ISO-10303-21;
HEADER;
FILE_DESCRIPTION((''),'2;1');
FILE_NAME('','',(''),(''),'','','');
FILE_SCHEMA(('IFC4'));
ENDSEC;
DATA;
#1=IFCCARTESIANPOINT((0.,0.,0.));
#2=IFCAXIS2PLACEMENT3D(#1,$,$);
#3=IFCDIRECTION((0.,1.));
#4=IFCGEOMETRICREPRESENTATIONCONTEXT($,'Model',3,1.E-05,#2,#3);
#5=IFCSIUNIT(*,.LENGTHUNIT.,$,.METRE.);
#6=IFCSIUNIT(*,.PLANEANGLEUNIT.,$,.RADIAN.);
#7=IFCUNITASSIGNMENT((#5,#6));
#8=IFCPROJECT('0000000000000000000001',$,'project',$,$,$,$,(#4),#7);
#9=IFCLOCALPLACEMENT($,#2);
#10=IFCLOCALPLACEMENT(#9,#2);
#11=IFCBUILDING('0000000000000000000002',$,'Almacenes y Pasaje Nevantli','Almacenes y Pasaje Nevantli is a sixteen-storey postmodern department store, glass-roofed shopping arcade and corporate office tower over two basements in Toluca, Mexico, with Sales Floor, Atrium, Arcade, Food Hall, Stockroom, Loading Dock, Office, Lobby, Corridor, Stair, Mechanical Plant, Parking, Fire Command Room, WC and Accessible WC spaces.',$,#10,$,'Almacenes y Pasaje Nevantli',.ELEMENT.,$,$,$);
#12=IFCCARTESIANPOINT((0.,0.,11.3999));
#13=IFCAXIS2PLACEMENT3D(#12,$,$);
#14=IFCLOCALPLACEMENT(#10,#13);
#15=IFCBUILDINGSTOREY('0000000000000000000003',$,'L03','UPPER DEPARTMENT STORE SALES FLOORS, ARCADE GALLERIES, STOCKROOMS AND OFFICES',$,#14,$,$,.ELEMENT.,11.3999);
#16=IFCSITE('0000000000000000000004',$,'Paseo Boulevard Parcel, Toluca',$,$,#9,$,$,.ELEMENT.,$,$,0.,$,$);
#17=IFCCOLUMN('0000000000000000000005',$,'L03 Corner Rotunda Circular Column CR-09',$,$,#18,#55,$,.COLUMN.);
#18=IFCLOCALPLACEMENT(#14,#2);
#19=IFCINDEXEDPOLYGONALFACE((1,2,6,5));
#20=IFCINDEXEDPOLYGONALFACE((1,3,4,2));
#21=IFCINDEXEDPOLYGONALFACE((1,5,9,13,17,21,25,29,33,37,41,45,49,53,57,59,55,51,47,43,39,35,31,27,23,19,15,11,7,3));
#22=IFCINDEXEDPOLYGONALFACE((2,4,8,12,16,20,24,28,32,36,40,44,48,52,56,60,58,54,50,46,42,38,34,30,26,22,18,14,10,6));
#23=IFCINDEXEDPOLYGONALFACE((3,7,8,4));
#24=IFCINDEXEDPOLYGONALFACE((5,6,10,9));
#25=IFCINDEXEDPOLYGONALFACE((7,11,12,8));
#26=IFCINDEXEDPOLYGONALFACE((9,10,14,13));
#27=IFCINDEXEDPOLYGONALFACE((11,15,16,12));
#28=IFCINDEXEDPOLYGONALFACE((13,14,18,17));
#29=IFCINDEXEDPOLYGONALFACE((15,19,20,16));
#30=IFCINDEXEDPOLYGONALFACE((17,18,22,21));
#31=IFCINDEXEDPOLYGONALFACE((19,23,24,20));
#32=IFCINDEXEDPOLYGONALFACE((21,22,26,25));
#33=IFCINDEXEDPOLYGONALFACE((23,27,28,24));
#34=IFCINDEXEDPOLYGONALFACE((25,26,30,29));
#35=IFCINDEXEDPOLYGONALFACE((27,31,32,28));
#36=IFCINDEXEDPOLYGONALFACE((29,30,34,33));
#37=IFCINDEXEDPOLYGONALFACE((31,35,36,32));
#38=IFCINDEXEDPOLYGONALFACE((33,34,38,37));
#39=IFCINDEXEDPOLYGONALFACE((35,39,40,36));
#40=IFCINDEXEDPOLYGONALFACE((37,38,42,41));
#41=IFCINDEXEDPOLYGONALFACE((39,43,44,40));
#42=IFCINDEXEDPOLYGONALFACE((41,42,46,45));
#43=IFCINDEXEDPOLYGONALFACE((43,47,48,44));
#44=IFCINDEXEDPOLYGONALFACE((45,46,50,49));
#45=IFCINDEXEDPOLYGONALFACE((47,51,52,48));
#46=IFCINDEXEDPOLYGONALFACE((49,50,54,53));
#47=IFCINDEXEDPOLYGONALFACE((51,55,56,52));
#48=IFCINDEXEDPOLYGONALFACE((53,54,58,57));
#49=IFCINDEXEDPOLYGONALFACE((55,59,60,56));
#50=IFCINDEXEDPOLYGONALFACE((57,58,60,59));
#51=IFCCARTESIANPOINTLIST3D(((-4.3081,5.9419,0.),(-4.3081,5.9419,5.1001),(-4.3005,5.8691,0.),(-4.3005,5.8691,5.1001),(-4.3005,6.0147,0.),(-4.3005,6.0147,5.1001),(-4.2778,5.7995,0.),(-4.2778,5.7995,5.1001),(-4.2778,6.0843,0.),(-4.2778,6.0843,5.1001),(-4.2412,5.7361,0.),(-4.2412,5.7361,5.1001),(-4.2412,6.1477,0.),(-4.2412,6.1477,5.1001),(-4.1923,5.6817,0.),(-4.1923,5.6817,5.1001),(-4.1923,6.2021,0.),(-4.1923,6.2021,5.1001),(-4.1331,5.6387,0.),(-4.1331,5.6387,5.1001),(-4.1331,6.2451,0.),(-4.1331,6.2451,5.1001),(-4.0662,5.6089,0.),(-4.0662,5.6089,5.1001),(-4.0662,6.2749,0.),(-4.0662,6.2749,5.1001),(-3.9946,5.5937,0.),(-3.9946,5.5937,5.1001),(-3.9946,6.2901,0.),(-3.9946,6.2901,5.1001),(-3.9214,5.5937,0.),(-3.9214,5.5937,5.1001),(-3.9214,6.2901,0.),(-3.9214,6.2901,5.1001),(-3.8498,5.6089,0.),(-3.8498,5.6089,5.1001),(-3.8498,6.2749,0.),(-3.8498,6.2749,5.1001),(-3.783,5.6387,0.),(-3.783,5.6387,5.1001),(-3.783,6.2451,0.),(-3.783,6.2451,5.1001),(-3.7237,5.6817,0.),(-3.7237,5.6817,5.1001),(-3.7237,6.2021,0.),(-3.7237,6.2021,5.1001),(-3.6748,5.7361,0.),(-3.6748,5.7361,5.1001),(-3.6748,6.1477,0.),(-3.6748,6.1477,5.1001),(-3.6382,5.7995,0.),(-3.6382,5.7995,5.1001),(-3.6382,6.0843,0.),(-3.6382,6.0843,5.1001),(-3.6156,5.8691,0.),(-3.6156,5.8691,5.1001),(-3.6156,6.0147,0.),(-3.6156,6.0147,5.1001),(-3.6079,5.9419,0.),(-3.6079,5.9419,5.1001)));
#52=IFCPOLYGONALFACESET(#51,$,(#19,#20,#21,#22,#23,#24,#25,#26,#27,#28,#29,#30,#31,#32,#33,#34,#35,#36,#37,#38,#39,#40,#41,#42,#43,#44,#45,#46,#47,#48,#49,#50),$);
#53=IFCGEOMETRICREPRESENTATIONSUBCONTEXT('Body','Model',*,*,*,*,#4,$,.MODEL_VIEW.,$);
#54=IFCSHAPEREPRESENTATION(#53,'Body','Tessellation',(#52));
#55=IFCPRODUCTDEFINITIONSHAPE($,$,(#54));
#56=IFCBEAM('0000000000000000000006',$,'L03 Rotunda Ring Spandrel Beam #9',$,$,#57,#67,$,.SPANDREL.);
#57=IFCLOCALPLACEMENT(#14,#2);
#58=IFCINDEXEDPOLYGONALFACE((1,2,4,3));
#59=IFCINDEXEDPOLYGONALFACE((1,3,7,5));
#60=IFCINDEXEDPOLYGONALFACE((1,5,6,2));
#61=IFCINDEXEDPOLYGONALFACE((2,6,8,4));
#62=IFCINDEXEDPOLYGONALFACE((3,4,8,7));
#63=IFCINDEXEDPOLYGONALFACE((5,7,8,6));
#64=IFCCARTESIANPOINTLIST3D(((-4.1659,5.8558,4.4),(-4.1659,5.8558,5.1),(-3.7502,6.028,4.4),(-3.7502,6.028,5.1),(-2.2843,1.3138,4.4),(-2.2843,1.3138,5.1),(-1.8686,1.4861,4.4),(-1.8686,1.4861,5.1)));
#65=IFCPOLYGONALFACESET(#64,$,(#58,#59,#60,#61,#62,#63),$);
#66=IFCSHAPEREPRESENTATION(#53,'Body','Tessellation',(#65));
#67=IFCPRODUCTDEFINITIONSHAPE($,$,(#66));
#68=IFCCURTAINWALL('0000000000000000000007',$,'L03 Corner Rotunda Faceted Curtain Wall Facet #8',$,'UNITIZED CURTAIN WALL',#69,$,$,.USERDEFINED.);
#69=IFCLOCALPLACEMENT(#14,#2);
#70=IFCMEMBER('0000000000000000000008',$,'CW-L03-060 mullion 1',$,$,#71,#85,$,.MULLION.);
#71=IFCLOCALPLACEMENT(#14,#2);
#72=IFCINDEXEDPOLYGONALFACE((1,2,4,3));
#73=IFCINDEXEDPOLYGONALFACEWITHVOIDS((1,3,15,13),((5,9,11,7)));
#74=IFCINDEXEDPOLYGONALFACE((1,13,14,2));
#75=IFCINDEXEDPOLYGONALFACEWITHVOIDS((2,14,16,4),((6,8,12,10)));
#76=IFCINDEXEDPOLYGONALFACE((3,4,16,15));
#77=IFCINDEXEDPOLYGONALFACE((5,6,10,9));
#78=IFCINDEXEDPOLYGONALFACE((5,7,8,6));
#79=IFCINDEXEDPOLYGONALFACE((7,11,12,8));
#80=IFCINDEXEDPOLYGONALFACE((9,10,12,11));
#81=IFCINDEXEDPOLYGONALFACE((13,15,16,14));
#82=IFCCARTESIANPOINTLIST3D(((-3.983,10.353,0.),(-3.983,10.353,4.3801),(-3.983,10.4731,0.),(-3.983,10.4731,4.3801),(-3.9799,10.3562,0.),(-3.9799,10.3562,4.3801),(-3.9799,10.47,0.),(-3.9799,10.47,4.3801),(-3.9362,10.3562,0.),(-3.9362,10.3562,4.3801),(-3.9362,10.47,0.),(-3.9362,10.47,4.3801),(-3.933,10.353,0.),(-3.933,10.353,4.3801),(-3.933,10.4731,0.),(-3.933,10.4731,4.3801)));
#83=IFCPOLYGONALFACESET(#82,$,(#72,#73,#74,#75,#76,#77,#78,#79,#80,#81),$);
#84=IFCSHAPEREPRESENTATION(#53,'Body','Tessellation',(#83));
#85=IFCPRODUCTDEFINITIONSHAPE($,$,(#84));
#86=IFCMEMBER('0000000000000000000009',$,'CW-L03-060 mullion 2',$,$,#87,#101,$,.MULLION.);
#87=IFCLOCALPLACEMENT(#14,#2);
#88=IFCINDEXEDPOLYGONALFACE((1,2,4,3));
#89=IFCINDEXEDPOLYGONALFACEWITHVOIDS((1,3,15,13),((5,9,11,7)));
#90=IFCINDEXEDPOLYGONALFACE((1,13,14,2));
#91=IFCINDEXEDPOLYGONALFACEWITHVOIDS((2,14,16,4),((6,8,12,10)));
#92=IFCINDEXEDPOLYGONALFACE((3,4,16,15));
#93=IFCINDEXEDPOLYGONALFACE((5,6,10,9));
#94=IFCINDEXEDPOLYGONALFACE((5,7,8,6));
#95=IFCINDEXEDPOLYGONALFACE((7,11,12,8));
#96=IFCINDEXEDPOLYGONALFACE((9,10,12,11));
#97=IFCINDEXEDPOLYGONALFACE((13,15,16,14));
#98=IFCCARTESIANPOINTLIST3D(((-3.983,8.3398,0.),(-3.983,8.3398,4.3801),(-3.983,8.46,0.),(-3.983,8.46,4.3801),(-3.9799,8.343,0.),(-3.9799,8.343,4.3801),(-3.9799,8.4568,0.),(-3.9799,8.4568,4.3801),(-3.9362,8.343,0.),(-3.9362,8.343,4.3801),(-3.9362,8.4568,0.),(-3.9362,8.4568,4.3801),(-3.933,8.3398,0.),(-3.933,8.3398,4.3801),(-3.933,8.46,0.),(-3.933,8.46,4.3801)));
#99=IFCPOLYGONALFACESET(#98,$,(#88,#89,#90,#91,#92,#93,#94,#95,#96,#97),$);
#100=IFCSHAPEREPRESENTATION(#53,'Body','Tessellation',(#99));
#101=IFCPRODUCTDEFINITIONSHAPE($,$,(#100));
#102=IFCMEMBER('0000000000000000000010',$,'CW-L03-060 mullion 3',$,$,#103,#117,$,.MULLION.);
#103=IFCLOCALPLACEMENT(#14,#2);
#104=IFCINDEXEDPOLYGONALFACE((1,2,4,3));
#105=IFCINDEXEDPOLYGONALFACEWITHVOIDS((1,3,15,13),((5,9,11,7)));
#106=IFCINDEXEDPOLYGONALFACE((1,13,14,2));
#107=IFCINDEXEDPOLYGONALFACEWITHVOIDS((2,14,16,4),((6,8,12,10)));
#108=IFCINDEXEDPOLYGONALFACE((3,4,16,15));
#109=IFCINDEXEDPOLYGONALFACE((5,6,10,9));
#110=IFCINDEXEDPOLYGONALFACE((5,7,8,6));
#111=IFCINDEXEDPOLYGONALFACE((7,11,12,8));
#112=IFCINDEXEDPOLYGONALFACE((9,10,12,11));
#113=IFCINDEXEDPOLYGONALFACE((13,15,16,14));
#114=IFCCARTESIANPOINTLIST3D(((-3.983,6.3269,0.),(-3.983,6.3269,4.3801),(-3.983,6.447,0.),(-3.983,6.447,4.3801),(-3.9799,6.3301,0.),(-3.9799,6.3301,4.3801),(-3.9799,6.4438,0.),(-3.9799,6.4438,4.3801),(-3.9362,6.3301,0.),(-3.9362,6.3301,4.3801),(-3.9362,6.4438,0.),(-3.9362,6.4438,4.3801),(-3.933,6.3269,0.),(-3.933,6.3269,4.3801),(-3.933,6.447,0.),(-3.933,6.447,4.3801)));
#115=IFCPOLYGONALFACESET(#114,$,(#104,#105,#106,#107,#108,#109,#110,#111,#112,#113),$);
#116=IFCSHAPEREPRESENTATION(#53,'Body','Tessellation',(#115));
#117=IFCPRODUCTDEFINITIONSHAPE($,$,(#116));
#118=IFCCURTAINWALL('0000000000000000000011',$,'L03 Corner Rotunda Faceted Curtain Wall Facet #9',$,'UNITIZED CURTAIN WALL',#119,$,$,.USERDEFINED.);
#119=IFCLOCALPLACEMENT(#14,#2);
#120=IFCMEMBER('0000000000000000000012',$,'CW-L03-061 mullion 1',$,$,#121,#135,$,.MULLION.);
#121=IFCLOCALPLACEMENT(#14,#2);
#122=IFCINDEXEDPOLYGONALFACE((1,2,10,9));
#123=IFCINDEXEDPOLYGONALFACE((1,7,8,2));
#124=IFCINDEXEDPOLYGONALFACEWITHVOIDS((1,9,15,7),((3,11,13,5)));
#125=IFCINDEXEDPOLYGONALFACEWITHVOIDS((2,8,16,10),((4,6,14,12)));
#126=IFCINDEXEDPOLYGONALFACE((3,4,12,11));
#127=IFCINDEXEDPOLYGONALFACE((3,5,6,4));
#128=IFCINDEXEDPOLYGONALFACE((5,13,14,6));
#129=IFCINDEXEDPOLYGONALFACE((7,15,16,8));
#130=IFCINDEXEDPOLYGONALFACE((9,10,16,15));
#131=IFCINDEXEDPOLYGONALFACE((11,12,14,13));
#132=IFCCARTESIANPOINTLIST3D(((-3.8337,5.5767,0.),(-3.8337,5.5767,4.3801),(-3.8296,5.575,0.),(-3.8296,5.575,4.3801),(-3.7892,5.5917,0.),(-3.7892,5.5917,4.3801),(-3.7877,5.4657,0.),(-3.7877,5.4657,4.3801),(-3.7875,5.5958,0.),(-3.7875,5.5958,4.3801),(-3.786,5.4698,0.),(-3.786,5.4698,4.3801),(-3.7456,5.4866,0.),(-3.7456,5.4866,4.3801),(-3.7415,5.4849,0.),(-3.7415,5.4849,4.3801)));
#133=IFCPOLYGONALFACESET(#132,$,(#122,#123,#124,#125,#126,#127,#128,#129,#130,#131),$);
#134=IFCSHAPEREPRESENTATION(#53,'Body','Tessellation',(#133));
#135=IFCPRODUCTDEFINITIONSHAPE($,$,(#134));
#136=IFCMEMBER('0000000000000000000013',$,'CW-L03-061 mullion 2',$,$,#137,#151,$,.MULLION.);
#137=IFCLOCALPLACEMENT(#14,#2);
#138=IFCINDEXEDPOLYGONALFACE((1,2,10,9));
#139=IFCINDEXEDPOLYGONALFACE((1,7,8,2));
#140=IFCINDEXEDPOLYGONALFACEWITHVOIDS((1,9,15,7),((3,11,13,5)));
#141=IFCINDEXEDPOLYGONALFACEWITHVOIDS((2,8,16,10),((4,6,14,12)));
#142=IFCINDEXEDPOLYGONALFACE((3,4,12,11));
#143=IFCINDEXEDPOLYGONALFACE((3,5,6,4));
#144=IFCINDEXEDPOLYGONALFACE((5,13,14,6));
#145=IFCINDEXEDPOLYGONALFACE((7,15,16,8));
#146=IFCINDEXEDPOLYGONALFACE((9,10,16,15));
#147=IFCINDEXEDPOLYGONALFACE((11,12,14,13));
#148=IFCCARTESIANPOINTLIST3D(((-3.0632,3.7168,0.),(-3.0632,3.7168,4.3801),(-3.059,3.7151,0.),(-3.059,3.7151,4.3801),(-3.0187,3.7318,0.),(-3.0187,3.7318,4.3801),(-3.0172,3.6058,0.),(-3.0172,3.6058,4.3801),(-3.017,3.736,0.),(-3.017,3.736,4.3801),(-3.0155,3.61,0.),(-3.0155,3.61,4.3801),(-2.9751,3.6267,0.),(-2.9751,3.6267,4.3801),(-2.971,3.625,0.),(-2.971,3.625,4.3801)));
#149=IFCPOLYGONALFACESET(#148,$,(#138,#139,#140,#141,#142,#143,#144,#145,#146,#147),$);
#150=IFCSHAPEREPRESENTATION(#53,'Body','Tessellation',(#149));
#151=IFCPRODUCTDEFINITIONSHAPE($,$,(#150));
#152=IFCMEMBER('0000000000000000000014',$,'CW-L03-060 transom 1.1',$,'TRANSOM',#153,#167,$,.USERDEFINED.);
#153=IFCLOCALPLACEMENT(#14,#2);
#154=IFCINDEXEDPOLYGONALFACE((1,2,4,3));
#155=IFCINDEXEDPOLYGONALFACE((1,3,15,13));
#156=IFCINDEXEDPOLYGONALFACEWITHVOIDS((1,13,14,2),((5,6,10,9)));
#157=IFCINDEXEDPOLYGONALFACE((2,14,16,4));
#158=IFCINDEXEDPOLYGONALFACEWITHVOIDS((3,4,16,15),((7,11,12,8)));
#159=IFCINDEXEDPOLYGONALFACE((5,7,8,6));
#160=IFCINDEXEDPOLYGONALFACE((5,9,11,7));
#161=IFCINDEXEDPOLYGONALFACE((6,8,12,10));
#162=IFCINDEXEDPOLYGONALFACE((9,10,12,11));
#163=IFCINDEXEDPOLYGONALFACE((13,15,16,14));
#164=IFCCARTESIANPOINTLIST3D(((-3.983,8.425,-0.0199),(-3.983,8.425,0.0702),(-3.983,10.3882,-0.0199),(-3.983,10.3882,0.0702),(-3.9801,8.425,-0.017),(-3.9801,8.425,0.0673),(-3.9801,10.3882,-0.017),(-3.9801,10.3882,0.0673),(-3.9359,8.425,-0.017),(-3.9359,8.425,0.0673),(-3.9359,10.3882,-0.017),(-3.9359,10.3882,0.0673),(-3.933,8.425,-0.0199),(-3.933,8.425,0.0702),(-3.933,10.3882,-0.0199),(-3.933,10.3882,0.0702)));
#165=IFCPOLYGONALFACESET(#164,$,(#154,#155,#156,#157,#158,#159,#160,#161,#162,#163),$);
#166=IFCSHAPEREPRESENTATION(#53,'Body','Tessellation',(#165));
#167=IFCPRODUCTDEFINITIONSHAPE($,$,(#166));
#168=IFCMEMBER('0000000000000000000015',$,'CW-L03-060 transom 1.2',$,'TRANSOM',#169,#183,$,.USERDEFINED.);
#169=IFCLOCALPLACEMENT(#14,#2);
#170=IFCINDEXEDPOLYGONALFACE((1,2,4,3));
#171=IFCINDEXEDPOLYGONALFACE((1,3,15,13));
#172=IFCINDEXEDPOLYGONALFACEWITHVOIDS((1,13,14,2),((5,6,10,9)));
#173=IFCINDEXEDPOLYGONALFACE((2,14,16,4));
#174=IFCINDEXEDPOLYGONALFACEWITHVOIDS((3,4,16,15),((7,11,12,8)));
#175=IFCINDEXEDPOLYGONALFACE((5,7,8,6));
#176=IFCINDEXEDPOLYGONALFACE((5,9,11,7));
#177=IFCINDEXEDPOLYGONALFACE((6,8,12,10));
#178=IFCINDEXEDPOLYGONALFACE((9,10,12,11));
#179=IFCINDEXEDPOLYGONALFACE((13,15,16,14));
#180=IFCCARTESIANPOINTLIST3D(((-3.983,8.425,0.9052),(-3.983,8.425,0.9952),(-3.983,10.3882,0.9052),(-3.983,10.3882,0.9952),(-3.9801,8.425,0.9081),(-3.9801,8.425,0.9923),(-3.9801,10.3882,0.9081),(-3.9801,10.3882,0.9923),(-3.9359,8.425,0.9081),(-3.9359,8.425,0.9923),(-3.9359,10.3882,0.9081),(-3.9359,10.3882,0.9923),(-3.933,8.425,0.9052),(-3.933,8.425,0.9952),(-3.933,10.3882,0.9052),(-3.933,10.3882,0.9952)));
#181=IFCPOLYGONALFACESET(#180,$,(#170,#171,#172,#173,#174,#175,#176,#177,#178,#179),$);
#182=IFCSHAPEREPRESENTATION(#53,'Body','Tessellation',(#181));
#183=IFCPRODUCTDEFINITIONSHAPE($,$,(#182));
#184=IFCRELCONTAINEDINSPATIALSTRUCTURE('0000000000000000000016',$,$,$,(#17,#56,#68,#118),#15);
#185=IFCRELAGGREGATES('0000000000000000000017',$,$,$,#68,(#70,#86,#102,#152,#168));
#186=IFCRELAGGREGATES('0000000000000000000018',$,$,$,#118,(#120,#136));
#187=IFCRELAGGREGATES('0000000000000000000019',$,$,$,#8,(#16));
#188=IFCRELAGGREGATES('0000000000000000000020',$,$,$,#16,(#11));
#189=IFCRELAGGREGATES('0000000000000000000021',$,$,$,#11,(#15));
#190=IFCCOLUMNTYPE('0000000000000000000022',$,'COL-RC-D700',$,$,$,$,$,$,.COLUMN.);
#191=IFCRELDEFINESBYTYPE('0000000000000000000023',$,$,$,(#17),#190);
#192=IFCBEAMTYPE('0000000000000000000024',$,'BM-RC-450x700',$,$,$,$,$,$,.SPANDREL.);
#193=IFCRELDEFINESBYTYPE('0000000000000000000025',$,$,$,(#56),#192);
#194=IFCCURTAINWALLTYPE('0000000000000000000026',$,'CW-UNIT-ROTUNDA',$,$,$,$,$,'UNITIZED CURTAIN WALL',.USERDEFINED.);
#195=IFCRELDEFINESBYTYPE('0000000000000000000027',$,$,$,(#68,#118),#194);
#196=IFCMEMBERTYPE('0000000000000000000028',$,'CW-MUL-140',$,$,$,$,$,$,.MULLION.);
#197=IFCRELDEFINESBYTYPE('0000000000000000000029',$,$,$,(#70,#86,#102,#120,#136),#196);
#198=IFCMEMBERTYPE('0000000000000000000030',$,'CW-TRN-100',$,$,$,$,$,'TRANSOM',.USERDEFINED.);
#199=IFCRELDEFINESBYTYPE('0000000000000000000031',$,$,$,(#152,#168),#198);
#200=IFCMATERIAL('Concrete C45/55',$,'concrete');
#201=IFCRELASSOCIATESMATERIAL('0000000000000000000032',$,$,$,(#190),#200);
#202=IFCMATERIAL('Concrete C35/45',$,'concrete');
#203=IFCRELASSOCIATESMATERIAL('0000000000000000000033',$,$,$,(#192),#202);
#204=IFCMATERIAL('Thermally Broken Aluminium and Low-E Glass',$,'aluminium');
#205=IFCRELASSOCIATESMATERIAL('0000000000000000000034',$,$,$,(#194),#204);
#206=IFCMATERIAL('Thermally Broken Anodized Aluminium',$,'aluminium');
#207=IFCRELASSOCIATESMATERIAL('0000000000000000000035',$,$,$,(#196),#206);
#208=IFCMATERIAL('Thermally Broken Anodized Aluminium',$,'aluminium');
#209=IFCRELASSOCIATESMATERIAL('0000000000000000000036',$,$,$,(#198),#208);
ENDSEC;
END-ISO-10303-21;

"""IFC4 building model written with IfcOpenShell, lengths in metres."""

from ifc_helpers import new_model, si_unit, direction, frame, origin, origin_2d, place, context, subcontext, project, spatial, rectangle, hollow_rectangle, circle, extrude, material, material_profile, profile_set, type_object, element, aggregate, save


model = new_model("IFC4")

# Units and contexts
model_context = context("Model", 3, precision=1e-05, world=origin(), true_north=direction((0.0, 1.0)))
body_context = subcontext(model_context, "Body", "Model", "MODEL_VIEW")
ifc_project = project(units=[si_unit("LENGTHUNIT", "METRE"), si_unit("PLANEANGLEUNIT", "RADIAN")], contexts=[model_context])

# Site, building, storey
site_placement = place(None, origin())
site = spatial("IfcSite", under=ifc_project, at=site_placement, Name="Paseo Boulevard Parcel, Toluca", CompositionType="ELEMENT", RefElevation=0.0)
building_placement = place(site_placement, origin())
building = spatial("IfcBuilding", under=site, at=building_placement, Name="Almacenes y Pasaje Nevantli", Description="Almacenes y Pasaje Nevantli is a sixteen-storey postmodern department store, glass-roofed shopping arcade and corporate office tower over two basements in Toluca, Mexico, with Sales Floor, Atrium, Arcade, Food Hall, Stockroom, Loading Dock, Office, Lobby, Corridor, Stair, Mechanical Plant, Parking, Fire Command Room, WC and Accessible WC spaces.", LongName="Almacenes y Pasaje Nevantli", CompositionType="ELEMENT")
storey_placement = place(building_placement, frame((0.0, 0.0, 11.3999)))
storey = spatial("IfcBuildingStorey", under=building, at=storey_placement, Name="L03", Description="UPPER DEPARTMENT STORE SALES FLOORS, ARCADE GALLERIES, STOCKROOMS AND OFFICES", CompositionType="ELEMENT", Elevation=11.3999)

# Column
ifc_material_1 = material(Name="Concrete C45/55", Category="concrete")
ifc_material_profile_1 = material_profile(ifc_material_1, circle(Radius=0.3501, at=origin_2d()), Name="RC-COL-D700")
ifc_profile_set_1 = profile_set([ifc_material_profile_1], Name="Concrete C45/55")
column_type = type_object("IfcColumnType", Name="COL-RC-D700", PredefinedType="COLUMN", material=ifc_profile_set_1)
column_placement = place(storey_placement, frame((-3.958, 5.9419, 0.0), z_axis=(0.0, 0.0, 1.0), x_axis=(1.0, 0.0, 0.0)))
element("IfcColumn", 1, at=column_placement, inside=storey, type_object=column_type, Name="L03 Corner Rotunda Circular Column CR-09", PredefinedType="COLUMN", context=body_context, shape_type="SweptSolid", body=[
    extrude(circle(Radius=0.3501, at=origin_2d()), origin(), (0.0, 0.0, 1.0), 5.1001),
])

# Beam
ifc_material_2 = material(Name="Concrete C35/45", Category="concrete")
ifc_material_profile_2 = material_profile(ifc_material_2, rectangle(XDim=0.45, YDim=0.7, at=origin_2d()), Name="RC-BM-450x700")
ifc_profile_set_2 = profile_set([ifc_material_profile_2], Name="Concrete C35/45")
beam_type = type_object("IfcBeamType", Name="BM-RC-450x700", PredefinedType="SPANDREL", material=ifc_profile_set_2)
beam_placement = place(storey_placement, frame((-3.958, 5.9419, 4.75), z_axis=(0.382725, -0.923862, 0.0), x_axis=(0.923862, 0.382725, 0.0)))
element("IfcBeam", 2, at=beam_placement, inside=storey, type_object=beam_type, Name="L03 Rotunda Ring Spandrel Beam #9", PredefinedType="SPANDREL", context=body_context, shape_type="SweptSolid", body=[
    extrude(rectangle(XDim=0.45, YDim=0.7, at=origin_2d()), origin(), (0.0, 0.0, 1.0), 4.9163),
])

# Curtain walls, members
ifc_material_3 = material(Name="Thermally Broken Aluminium and Low-E Glass", Category="aluminium")
curtain_wall_type = type_object("IfcCurtainWallType", Name="CW-UNIT-ROTUNDA", ElementType="UNITIZED CURTAIN WALL", PredefinedType="USERDEFINED", material=ifc_material_3)
curtain_wall_1_placement = place(storey_placement, origin())
curtain_wall_1 = element("IfcCurtainWall", 3, at=curtain_wall_1_placement, inside=storey, type_object=curtain_wall_type, Name="L03 Corner Rotunda Faceted Curtain Wall Facet #8", ObjectType="UNITIZED CURTAIN WALL", PredefinedType="USERDEFINED")
ifc_material_4 = material(Name="Thermally Broken Anodized Aluminium", Category="aluminium")
ifc_material_profile_3 = material_profile(ifc_material_4, hollow_rectangle(XDim=0.05, YDim=0.1201, WallThickness=0.0032, at=origin_2d()), Name="ALU-MUL-50x120")
ifc_profile_set_3 = profile_set([ifc_material_profile_3], Name="Thermally Broken Anodized Aluminium")
member_type_1 = type_object("IfcMemberType", Name="CW-MUL-140", PredefinedType="MULLION", material=ifc_profile_set_3)
member_1_placement = place(storey_placement, frame((-3.958, 10.4131, 0.0), z_axis=(0.0, 0.0, 1.0), x_axis=(1.0, 0.0, 0.0)))
member_1 = element("IfcMember", 4, at=member_1_placement, type_object=member_type_1, Name="CW-L03-060 mullion 1", PredefinedType="MULLION", context=body_context, shape_type="SweptSolid", body=[
    extrude(hollow_rectangle(XDim=0.05, YDim=0.1201, WallThickness=0.0032, at=origin_2d()), origin(), (0.0, 0.0, 1.0), 4.3801),
])
member_2_placement = place(storey_placement, frame((-3.958, 8.3999, 0.0), z_axis=(0.0, 0.0, 1.0), x_axis=(1.0, 0.0, 0.0)))
member_2 = element("IfcMember", 5, at=member_2_placement, type_object=member_type_1, Name="CW-L03-060 mullion 2", PredefinedType="MULLION", context=body_context, shape_type="SweptSolid", body=[
    extrude(hollow_rectangle(XDim=0.05, YDim=0.1201, WallThickness=0.0032, at=origin_2d()), origin(), (0.0, 0.0, 1.0), 4.3801),
])
member_3_placement = place(storey_placement, frame((-3.958, 6.387, 0.0), z_axis=(0.0, 0.0, 1.0), x_axis=(1.0, 0.0, 0.0)))
member_3 = element("IfcMember", 6, at=member_3_placement, type_object=member_type_1, Name="CW-L03-060 mullion 3", PredefinedType="MULLION", context=body_context, shape_type="SweptSolid", body=[
    extrude(hollow_rectangle(XDim=0.05, YDim=0.1201, WallThickness=0.0032, at=origin_2d()), origin(), (0.0, 0.0, 1.0), 4.3801),
])
curtain_wall_2_placement = place(storey_placement, origin())
curtain_wall_2 = element("IfcCurtainWall", 7, at=curtain_wall_2_placement, inside=storey, type_object=curtain_wall_type, Name="L03 Corner Rotunda Faceted Curtain Wall Facet #9", ObjectType="UNITIZED CURTAIN WALL", PredefinedType="USERDEFINED")
member_4_placement = place(storey_placement, frame((-3.7876, 5.5308, 0.0), z_axis=(0.0, 0.0, 1.0), x_axis=(0.923873, 0.382698, 0.0)))
member_4 = element("IfcMember", 8, at=member_4_placement, type_object=member_type_1, Name="CW-L03-061 mullion 1", PredefinedType="MULLION", context=body_context, shape_type="SweptSolid", body=[
    extrude(hollow_rectangle(XDim=0.05, YDim=0.1201, WallThickness=0.0032, at=origin_2d()), origin(), (0.0, 0.0, 1.0), 4.3801),
])
member_5_placement = place(storey_placement, frame((-3.0171, 3.6709, 0.0), z_axis=(0.0, 0.0, 1.0), x_axis=(0.923873, 0.382698, 0.0)))
member_5 = element("IfcMember", 9, at=member_5_placement, type_object=member_type_1, Name="CW-L03-061 mullion 2", PredefinedType="MULLION", context=body_context, shape_type="SweptSolid", body=[
    extrude(hollow_rectangle(XDim=0.05, YDim=0.1201, WallThickness=0.0032, at=origin_2d()), origin(), (0.0, 0.0, 1.0), 4.3801),
])

# Members
ifc_material_5 = material(Name="Thermally Broken Anodized Aluminium", Category="aluminium")
ifc_material_profile_4 = material_profile(ifc_material_5, hollow_rectangle(XDim=0.05, YDim=0.0901, WallThickness=0.0029, at=origin_2d()), Name="ALU-TRN-50x90")
ifc_profile_set_4 = profile_set([ifc_material_profile_4], Name="Thermally Broken Anodized Aluminium")
member_type_2 = type_object("IfcMemberType", Name="CW-TRN-100", ElementType="TRANSOM", PredefinedType="USERDEFINED", material=ifc_profile_set_4)
member_6_placement = place(storey_placement, frame((-3.958, 10.3882, 0.0251), z_axis=(0.0, -1.0, 0.0), x_axis=(1.0, 0.0, 0.0)))
member_6 = element("IfcMember", 10, at=member_6_placement, type_object=member_type_2, Name="CW-L03-060 transom 1.1", ObjectType="TRANSOM", PredefinedType="USERDEFINED", context=body_context, shape_type="SweptSolid", body=[
    extrude(hollow_rectangle(XDim=0.05, YDim=0.0901, WallThickness=0.0029, at=origin_2d()), origin(), (0.0, 0.0, 1.0), 1.9631),
])
member_7_placement = place(storey_placement, frame((-3.958, 10.3882, 0.9502), z_axis=(0.0, -1.0, 0.0), x_axis=(1.0, 0.0, 0.0)))
member_7 = element("IfcMember", 11, at=member_7_placement, type_object=member_type_2, Name="CW-L03-060 transom 1.2", ObjectType="TRANSOM", PredefinedType="USERDEFINED", context=body_context, shape_type="SweptSolid", body=[
    extrude(hollow_rectangle(XDim=0.05, YDim=0.0901, WallThickness=0.0029, at=origin_2d()), origin(), (0.0, 0.0, 1.0), 1.9631),
])

aggregate(curtain_wall_1, [member_1, member_2, member_3, member_6, member_7])
aggregate(curtain_wall_2, [member_4, member_5])

save(model, "model.ifc")
